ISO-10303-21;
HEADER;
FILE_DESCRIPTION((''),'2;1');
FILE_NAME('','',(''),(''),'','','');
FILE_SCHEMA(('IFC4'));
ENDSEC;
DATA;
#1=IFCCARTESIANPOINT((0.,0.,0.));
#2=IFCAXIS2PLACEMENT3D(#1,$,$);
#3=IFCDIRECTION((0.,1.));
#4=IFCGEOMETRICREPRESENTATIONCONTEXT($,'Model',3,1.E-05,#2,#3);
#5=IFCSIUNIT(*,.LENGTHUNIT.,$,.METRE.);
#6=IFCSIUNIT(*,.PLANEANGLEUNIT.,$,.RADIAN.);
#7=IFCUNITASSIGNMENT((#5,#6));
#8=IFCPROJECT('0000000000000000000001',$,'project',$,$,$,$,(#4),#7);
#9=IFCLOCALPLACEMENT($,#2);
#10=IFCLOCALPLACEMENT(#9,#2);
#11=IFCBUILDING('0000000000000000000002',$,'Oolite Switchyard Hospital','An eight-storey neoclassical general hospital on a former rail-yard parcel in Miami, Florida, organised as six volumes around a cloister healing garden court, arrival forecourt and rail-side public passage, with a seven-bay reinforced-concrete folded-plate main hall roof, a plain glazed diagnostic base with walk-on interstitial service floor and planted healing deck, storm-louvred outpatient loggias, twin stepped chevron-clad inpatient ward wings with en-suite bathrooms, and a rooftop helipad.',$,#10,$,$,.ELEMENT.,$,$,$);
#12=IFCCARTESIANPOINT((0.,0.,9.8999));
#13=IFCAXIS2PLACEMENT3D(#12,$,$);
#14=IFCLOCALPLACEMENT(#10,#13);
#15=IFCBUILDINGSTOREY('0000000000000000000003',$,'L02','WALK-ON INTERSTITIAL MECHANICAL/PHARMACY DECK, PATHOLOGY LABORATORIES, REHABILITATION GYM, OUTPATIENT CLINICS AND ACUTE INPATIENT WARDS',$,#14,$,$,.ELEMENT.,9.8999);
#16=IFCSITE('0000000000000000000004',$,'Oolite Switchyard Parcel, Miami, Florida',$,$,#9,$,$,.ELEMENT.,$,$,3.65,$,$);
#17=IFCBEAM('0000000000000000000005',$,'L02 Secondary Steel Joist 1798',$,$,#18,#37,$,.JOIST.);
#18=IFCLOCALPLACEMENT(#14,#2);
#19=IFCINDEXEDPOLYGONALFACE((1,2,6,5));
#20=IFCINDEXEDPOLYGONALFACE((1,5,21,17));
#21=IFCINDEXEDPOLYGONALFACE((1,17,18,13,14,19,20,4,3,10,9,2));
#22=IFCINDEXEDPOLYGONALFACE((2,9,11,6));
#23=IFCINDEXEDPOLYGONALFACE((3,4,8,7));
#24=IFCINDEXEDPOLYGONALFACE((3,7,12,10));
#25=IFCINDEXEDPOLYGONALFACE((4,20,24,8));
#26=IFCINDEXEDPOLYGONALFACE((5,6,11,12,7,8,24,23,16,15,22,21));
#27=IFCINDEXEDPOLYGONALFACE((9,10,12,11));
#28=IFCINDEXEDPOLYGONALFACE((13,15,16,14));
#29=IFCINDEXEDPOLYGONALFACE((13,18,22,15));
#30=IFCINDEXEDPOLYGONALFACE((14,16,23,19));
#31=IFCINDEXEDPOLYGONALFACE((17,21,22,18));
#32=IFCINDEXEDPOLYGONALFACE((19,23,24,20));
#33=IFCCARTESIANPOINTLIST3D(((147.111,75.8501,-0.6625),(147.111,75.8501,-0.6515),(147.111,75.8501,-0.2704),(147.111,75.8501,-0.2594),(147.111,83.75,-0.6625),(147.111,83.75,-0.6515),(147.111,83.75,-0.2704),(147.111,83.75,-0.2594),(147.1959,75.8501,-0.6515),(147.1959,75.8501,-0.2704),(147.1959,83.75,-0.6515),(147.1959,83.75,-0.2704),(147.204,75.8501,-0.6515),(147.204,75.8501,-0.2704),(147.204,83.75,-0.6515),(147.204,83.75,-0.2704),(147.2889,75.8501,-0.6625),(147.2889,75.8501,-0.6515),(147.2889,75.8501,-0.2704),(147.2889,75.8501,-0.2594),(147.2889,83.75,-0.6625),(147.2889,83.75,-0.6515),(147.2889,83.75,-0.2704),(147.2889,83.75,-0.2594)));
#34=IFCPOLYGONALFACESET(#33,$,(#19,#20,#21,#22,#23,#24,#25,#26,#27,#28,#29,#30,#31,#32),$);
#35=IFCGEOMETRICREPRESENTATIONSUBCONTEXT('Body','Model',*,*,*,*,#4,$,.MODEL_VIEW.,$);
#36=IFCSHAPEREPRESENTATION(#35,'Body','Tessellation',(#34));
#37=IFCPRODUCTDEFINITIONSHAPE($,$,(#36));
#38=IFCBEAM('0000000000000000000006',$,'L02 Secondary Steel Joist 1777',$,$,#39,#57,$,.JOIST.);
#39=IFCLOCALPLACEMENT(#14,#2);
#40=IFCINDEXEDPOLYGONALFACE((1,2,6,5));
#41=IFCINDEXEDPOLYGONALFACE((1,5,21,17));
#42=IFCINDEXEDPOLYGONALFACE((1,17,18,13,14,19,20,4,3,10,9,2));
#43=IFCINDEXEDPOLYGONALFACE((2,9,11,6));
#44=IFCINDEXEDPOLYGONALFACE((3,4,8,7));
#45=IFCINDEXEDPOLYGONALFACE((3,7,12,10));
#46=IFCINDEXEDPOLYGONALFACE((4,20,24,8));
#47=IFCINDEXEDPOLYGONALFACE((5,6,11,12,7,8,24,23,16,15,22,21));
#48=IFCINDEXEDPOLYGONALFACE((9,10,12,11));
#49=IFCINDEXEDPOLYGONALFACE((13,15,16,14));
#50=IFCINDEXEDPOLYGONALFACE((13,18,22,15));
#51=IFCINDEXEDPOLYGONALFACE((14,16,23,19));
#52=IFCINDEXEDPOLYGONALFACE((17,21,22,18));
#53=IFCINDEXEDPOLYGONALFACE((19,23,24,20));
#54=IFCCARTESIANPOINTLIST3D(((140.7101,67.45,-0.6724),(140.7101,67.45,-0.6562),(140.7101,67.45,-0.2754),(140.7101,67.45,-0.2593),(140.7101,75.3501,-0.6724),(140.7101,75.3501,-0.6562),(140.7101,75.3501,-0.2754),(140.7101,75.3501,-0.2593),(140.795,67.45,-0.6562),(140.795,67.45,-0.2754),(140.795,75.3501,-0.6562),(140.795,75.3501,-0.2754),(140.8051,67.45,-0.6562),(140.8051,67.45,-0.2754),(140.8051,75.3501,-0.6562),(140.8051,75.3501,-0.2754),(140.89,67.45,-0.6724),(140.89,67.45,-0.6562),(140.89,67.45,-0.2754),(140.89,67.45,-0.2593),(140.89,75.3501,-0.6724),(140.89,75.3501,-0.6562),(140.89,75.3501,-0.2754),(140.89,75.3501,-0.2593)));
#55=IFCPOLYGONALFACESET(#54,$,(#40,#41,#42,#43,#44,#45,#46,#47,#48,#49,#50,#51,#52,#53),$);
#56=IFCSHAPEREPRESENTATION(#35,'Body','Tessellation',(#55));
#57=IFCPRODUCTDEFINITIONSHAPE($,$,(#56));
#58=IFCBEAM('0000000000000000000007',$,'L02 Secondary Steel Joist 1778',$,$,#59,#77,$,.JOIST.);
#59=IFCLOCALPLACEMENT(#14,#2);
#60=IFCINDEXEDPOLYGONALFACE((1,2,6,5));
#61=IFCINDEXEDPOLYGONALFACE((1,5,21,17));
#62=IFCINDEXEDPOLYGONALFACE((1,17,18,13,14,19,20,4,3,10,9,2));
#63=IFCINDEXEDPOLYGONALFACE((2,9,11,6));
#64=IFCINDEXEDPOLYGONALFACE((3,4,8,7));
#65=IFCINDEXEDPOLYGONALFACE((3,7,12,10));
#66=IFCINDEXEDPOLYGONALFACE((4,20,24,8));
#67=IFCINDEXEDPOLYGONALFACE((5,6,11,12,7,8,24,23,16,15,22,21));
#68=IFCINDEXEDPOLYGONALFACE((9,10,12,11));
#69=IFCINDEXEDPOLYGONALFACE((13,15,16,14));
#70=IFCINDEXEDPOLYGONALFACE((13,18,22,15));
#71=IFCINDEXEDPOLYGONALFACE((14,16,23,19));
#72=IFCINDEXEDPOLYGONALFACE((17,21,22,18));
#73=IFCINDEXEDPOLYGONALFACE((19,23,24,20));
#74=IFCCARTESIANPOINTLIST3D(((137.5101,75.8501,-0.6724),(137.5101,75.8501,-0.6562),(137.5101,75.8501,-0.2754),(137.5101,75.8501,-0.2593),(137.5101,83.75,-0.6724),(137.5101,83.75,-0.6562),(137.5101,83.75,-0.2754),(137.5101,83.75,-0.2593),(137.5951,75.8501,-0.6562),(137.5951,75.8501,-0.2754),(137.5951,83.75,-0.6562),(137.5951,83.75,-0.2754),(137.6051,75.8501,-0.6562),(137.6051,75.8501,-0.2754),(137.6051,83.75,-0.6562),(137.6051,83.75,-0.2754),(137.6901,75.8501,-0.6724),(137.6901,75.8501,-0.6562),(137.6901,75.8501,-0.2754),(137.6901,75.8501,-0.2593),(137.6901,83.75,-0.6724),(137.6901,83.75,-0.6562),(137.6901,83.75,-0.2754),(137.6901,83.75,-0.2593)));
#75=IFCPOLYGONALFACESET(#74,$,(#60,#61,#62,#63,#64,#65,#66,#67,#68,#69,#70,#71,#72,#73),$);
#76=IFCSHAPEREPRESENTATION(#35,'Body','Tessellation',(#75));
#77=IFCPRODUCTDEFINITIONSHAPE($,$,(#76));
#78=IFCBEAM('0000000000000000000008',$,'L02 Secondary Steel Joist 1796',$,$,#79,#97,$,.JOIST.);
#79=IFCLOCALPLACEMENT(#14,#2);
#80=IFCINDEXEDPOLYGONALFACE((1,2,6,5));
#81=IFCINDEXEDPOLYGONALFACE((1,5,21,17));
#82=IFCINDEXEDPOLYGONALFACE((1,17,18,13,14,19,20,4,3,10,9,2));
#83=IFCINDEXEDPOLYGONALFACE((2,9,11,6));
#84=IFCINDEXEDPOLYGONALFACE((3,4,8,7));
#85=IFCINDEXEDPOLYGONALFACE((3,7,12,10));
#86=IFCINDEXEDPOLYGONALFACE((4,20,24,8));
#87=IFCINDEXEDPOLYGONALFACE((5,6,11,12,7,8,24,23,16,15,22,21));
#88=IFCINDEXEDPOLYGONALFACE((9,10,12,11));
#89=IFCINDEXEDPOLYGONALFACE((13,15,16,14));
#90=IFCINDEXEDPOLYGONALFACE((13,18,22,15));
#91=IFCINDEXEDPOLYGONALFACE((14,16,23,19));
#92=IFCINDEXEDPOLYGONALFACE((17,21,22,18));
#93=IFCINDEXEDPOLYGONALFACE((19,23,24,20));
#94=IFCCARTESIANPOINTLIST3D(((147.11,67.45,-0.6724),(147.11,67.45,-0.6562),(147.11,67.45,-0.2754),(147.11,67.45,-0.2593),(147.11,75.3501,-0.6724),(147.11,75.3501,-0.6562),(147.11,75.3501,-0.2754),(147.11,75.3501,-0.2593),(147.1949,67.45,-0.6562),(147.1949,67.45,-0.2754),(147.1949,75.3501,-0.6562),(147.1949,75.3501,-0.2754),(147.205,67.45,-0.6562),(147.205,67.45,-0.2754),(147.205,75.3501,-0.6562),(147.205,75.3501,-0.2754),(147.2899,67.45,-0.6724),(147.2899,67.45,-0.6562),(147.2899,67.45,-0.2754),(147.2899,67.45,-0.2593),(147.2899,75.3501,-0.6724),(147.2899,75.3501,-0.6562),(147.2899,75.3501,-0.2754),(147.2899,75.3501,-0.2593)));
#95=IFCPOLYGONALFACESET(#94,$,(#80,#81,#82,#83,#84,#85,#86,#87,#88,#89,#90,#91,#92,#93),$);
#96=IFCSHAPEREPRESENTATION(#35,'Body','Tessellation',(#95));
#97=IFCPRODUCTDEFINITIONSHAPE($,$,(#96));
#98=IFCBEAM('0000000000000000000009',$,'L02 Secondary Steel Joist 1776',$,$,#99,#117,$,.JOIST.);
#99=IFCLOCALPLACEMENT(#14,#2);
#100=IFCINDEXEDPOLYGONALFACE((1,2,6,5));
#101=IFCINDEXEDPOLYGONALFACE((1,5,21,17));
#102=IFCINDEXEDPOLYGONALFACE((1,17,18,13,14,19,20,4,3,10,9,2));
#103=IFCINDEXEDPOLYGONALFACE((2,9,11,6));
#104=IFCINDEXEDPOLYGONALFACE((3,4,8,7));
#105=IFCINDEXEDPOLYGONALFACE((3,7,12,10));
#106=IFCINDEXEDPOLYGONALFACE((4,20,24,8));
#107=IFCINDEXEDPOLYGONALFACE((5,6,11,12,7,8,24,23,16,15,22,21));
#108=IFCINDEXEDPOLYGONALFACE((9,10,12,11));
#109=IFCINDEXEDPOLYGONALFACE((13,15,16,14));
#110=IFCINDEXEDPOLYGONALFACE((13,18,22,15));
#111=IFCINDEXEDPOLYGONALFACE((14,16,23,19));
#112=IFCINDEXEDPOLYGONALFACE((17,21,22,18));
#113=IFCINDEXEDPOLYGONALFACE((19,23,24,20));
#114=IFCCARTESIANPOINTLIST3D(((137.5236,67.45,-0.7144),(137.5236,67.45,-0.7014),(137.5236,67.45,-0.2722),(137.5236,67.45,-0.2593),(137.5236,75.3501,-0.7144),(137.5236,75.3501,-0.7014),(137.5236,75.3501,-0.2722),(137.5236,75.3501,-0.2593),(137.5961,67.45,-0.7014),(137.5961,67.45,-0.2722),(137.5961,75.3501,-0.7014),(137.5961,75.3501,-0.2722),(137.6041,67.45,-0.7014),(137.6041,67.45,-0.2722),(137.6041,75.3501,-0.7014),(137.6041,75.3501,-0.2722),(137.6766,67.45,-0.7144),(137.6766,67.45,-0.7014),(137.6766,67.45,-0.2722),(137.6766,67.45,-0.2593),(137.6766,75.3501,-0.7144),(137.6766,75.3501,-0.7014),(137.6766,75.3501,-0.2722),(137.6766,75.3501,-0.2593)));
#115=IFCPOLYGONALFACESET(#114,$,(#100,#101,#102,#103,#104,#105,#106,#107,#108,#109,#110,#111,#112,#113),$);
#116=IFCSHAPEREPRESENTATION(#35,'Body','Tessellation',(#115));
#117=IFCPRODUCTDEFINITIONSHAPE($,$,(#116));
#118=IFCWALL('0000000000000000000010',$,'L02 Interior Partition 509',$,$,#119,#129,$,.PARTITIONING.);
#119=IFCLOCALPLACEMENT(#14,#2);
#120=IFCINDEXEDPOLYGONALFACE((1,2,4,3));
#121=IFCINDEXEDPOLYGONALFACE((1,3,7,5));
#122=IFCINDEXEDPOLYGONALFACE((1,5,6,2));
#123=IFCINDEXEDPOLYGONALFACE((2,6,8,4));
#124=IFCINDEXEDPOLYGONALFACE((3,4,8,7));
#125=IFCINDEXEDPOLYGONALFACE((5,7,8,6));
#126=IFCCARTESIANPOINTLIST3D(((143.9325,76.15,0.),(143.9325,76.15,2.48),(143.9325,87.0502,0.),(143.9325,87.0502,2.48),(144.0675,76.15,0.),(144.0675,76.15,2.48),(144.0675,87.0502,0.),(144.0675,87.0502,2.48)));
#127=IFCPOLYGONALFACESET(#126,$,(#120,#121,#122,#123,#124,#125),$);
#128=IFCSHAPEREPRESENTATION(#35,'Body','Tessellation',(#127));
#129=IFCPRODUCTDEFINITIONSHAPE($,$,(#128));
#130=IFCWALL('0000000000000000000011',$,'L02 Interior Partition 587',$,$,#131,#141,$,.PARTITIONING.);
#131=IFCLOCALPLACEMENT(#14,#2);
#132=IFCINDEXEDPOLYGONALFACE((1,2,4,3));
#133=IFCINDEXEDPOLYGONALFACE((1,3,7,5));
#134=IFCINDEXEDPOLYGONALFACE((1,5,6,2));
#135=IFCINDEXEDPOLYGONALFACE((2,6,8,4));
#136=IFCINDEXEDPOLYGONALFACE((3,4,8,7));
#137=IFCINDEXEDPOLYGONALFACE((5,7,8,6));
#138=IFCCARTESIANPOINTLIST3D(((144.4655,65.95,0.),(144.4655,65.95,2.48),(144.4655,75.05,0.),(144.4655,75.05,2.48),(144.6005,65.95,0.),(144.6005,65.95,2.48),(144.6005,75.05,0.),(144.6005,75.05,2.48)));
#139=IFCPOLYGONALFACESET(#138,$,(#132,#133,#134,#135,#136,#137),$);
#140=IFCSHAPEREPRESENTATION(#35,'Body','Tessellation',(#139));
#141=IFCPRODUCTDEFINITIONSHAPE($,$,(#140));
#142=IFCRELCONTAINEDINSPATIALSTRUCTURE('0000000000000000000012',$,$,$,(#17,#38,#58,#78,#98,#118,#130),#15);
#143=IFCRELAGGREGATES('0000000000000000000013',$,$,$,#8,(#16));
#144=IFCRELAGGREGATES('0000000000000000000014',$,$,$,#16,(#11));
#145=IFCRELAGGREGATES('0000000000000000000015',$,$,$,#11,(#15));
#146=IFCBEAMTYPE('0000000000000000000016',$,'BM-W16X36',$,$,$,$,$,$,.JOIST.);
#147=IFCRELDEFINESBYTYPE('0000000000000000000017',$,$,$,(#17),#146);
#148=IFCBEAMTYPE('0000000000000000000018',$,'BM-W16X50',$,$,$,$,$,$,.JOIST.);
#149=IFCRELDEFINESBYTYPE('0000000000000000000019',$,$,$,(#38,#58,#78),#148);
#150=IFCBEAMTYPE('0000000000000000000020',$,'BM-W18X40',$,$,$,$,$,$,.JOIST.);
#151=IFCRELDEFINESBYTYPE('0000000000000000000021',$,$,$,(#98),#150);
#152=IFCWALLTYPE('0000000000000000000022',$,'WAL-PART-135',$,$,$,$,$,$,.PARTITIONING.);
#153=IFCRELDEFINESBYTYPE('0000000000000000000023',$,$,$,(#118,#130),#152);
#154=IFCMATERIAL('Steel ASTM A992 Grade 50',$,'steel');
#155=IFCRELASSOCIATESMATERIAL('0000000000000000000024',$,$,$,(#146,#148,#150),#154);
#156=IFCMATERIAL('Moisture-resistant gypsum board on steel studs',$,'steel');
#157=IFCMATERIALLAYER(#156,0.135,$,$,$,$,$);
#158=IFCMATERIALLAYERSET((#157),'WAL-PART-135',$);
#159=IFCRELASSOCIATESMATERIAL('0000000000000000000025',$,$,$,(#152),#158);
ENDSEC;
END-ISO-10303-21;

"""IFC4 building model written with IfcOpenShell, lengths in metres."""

from ifc_helpers import new_model, si_unit, direction, frame, frame_2d, origin, origin_2d, place, context, subcontext, project, spatial, rectangle, i_section, extrude, material, layer, layer_set, material_profile, profile_set, type_object, element, save


model = new_model("IFC4")

# Units and contexts
model_context = context("Model", 3, precision=1e-05, world=origin(), true_north=direction((0.0, 1.0)))
body_context = subcontext(model_context, "Body", "Model", "MODEL_VIEW")
ifc_project = project(units=[si_unit("LENGTHUNIT", "METRE"), si_unit("PLANEANGLEUNIT", "RADIAN")], contexts=[model_context])

# Site, building, storey
site_placement = place(None, origin())
site = spatial("IfcSite", under=ifc_project, at=site_placement, Name="Oolite Switchyard Parcel, Miami, Florida", CompositionType="ELEMENT", RefElevation=3.65)
building_placement = place(site_placement, origin())
building = spatial("IfcBuilding", under=site, at=building_placement, Name="Oolite Switchyard Hospital", Description="An eight-storey neoclassical general hospital on a former rail-yard parcel in Miami, Florida, organised as six volumes around a cloister healing garden court, arrival forecourt and rail-side public passage, with a seven-bay reinforced-concrete folded-plate main hall roof, a plain glazed diagnostic base with walk-on interstitial service floor and planted healing deck, storm-louvred outpatient loggias, twin stepped chevron-clad inpatient ward wings with en-suite bathrooms, and a rooftop helipad.", CompositionType="ELEMENT")
storey_placement = place(building_placement, frame((0.0, 0.0, 9.8999)))
storey = spatial("IfcBuildingStorey", under=building, at=storey_placement, Name="L02", Description="WALK-ON INTERSTITIAL MECHANICAL/PHARMACY DECK, PATHOLOGY LABORATORIES, REHABILITATION GYM, OUTPATIENT CLINICS AND ACUTE INPATIENT WARDS", CompositionType="ELEMENT", Elevation=9.8999)

# Beams
ifc_material_1 = material(Name="Steel ASTM A992 Grade 50", Category="steel")
ifc_material_profile_1 = material_profile(ifc_material_1, i_section(OverallWidth=0.178, OverallDepth=0.4031, WebThickness=0.0081, FlangeThickness=0.011, at=origin_2d()), Name="W16X36")
ifc_profile_set_1 = profile_set([ifc_material_profile_1], Name="Steel ASTM A992 Grade 50")
beam_type_1 = type_object("IfcBeamType", Name="BM-W16X36", PredefinedType="JOIST", material=ifc_profile_set_1)
for number, where, z_axis, x_axis, name in (
    (1, (147.2, 75.8501, -0.4609), (0.0, 1.0, 0.0), (-1.0, 0.0, 0.0), "L02 Secondary Steel Joist 1798"),
):
    element("IfcBeam", number, at=place(storey_placement, frame(where, z_axis=z_axis, x_axis=x_axis)), inside=storey, type_object=beam_type_1, Name=name, PredefinedType="JOIST", context=body_context, shape_type="SweptSolid", body=[
        extrude(i_section(OverallWidth=0.178, OverallDepth=0.4031, WebThickness=0.0081, FlangeThickness=0.011, at=origin_2d()), origin(), (0.0, 0.0, 1.0), 7.8999),
    ])
ifc_material_profile_2 = material_profile(ifc_material_1, i_section(OverallWidth=0.1799, OverallDepth=0.4131, WebThickness=0.01, FlangeThickness=0.0161, at=origin_2d()), Name="W16X50")
ifc_profile_set_2 = profile_set([ifc_material_profile_2], Name="Steel ASTM A992 Grade 50")
beam_type_2 = type_object("IfcBeamType", Name="BM-W16X50", PredefinedType="JOIST", material=ifc_profile_set_2)
beam_1_placement = place(storey_placement, frame((140.8, 67.45, -0.4658), z_axis=(0.0, 1.0, 0.0), x_axis=(-1.0, 0.0, 0.0)))
element("IfcBeam", 2, at=beam_1_placement, inside=storey, type_object=beam_type_2, Name="L02 Secondary Steel Joist 1777", PredefinedType="JOIST", context=body_context, shape_type="SweptSolid", body=[
    extrude(i_section(OverallWidth=0.1799, OverallDepth=0.4131, WebThickness=0.01, FlangeThickness=0.0161, at=origin_2d()), origin(), (0.0, 0.0, 1.0), 7.9001),
])
beam_2_placement = place(storey_placement, frame((137.6001, 75.8501, -0.4658), z_axis=(0.0, 1.0, 0.0), x_axis=(-1.0, 0.0, 0.0)))
element("IfcBeam", 3, at=beam_2_placement, inside=storey, type_object=beam_type_2, Name="L02 Secondary Steel Joist 1778", PredefinedType="JOIST", context=body_context, shape_type="SweptSolid", body=[
    extrude(i_section(OverallWidth=0.1799, OverallDepth=0.4131, WebThickness=0.01, FlangeThickness=0.0161, at=origin_2d()), origin(), (0.0, 0.0, 1.0), 7.8999),
])
beam_3_placement = place(storey_placement, frame((147.2, 67.45, -0.4658), z_axis=(0.0, 1.0, 0.0), x_axis=(-1.0, 0.0, 0.0)))
element("IfcBeam", 4, at=beam_3_placement, inside=storey, type_object=beam_type_2, Name="L02 Secondary Steel Joist 1796", PredefinedType="JOIST", context=body_context, shape_type="SweptSolid", body=[
    extrude(i_section(OverallWidth=0.1799, OverallDepth=0.4131, WebThickness=0.01, FlangeThickness=0.0161, at=origin_2d()), origin(), (0.0, 0.0, 1.0), 7.9001),
])
ifc_material_profile_3 = material_profile(ifc_material_1, i_section(OverallWidth=0.1531, OverallDepth=0.4551, WebThickness=0.0081, FlangeThickness=0.0129, at=origin_2d()), Name="W18X40")
ifc_profile_set_3 = profile_set([ifc_material_profile_3], Name="Steel ASTM A992 Grade 50")
beam_type_3 = type_object("IfcBeamType", Name="BM-W18X40", PredefinedType="JOIST", material=ifc_profile_set_3)
beam_4_placement = place(storey_placement, frame((137.6001, 67.45, -0.4868), z_axis=(0.0, 1.0, 0.0), x_axis=(-1.0, 0.0, 0.0)))
element("IfcBeam", 5, at=beam_4_placement, inside=storey, type_object=beam_type_3, Name="L02 Secondary Steel Joist 1776", PredefinedType="JOIST", context=body_context, shape_type="SweptSolid", body=[
    extrude(i_section(OverallWidth=0.1531, OverallDepth=0.4551, WebThickness=0.0081, FlangeThickness=0.0129, at=origin_2d()), origin(), (0.0, 0.0, 1.0), 7.9001),
])

# Walls
ifc_material_2 = material(Name="Moisture-resistant gypsum board on steel studs", Category="steel")
ifc_layer_1 = layer(ifc_material_2, 0.135)
ifc_layer_set_1 = layer_set([ifc_layer_1], Name="WAL-PART-135")
wall_type_1 = type_object("IfcWallType", Name="WAL-PART-135", PredefinedType="PARTITIONING", material=ifc_layer_set_1)
wall_1_placement = place(storey_placement, frame((144.0, 76.1499, 0.0), z_axis=(0.0, 0.0, 1.0), x_axis=(0.0, 1.0, 0.0)))
element("IfcWall", 6, at=wall_1_placement, inside=storey, type_object=wall_type_1, Name="L02 Interior Partition 509", PredefinedType="PARTITIONING", context=body_context, shape_type="SweptSolid", body=[
    extrude(rectangle(XDim=10.9001, YDim=0.135, at=frame_2d((5.4502, 0.0))), origin(), (0.0, 0.0, 1.0), 2.48),
])
wall_2_placement = place(storey_placement, frame((144.533, 65.95, 0.0), z_axis=(0.0, 0.0, 1.0), x_axis=(0.0, 1.0, 0.0)))
element("IfcWall", 7, at=wall_2_placement, inside=storey, type_object=wall_type_1, Name="L02 Interior Partition 587", PredefinedType="PARTITIONING", context=body_context, shape_type="SweptSolid", body=[
    extrude(rectangle(XDim=9.1001, YDim=0.135, at=frame_2d((4.55, 0.0))), origin(), (0.0, 0.0, 1.0), 2.48),
])

save(model, "model.ifc")
